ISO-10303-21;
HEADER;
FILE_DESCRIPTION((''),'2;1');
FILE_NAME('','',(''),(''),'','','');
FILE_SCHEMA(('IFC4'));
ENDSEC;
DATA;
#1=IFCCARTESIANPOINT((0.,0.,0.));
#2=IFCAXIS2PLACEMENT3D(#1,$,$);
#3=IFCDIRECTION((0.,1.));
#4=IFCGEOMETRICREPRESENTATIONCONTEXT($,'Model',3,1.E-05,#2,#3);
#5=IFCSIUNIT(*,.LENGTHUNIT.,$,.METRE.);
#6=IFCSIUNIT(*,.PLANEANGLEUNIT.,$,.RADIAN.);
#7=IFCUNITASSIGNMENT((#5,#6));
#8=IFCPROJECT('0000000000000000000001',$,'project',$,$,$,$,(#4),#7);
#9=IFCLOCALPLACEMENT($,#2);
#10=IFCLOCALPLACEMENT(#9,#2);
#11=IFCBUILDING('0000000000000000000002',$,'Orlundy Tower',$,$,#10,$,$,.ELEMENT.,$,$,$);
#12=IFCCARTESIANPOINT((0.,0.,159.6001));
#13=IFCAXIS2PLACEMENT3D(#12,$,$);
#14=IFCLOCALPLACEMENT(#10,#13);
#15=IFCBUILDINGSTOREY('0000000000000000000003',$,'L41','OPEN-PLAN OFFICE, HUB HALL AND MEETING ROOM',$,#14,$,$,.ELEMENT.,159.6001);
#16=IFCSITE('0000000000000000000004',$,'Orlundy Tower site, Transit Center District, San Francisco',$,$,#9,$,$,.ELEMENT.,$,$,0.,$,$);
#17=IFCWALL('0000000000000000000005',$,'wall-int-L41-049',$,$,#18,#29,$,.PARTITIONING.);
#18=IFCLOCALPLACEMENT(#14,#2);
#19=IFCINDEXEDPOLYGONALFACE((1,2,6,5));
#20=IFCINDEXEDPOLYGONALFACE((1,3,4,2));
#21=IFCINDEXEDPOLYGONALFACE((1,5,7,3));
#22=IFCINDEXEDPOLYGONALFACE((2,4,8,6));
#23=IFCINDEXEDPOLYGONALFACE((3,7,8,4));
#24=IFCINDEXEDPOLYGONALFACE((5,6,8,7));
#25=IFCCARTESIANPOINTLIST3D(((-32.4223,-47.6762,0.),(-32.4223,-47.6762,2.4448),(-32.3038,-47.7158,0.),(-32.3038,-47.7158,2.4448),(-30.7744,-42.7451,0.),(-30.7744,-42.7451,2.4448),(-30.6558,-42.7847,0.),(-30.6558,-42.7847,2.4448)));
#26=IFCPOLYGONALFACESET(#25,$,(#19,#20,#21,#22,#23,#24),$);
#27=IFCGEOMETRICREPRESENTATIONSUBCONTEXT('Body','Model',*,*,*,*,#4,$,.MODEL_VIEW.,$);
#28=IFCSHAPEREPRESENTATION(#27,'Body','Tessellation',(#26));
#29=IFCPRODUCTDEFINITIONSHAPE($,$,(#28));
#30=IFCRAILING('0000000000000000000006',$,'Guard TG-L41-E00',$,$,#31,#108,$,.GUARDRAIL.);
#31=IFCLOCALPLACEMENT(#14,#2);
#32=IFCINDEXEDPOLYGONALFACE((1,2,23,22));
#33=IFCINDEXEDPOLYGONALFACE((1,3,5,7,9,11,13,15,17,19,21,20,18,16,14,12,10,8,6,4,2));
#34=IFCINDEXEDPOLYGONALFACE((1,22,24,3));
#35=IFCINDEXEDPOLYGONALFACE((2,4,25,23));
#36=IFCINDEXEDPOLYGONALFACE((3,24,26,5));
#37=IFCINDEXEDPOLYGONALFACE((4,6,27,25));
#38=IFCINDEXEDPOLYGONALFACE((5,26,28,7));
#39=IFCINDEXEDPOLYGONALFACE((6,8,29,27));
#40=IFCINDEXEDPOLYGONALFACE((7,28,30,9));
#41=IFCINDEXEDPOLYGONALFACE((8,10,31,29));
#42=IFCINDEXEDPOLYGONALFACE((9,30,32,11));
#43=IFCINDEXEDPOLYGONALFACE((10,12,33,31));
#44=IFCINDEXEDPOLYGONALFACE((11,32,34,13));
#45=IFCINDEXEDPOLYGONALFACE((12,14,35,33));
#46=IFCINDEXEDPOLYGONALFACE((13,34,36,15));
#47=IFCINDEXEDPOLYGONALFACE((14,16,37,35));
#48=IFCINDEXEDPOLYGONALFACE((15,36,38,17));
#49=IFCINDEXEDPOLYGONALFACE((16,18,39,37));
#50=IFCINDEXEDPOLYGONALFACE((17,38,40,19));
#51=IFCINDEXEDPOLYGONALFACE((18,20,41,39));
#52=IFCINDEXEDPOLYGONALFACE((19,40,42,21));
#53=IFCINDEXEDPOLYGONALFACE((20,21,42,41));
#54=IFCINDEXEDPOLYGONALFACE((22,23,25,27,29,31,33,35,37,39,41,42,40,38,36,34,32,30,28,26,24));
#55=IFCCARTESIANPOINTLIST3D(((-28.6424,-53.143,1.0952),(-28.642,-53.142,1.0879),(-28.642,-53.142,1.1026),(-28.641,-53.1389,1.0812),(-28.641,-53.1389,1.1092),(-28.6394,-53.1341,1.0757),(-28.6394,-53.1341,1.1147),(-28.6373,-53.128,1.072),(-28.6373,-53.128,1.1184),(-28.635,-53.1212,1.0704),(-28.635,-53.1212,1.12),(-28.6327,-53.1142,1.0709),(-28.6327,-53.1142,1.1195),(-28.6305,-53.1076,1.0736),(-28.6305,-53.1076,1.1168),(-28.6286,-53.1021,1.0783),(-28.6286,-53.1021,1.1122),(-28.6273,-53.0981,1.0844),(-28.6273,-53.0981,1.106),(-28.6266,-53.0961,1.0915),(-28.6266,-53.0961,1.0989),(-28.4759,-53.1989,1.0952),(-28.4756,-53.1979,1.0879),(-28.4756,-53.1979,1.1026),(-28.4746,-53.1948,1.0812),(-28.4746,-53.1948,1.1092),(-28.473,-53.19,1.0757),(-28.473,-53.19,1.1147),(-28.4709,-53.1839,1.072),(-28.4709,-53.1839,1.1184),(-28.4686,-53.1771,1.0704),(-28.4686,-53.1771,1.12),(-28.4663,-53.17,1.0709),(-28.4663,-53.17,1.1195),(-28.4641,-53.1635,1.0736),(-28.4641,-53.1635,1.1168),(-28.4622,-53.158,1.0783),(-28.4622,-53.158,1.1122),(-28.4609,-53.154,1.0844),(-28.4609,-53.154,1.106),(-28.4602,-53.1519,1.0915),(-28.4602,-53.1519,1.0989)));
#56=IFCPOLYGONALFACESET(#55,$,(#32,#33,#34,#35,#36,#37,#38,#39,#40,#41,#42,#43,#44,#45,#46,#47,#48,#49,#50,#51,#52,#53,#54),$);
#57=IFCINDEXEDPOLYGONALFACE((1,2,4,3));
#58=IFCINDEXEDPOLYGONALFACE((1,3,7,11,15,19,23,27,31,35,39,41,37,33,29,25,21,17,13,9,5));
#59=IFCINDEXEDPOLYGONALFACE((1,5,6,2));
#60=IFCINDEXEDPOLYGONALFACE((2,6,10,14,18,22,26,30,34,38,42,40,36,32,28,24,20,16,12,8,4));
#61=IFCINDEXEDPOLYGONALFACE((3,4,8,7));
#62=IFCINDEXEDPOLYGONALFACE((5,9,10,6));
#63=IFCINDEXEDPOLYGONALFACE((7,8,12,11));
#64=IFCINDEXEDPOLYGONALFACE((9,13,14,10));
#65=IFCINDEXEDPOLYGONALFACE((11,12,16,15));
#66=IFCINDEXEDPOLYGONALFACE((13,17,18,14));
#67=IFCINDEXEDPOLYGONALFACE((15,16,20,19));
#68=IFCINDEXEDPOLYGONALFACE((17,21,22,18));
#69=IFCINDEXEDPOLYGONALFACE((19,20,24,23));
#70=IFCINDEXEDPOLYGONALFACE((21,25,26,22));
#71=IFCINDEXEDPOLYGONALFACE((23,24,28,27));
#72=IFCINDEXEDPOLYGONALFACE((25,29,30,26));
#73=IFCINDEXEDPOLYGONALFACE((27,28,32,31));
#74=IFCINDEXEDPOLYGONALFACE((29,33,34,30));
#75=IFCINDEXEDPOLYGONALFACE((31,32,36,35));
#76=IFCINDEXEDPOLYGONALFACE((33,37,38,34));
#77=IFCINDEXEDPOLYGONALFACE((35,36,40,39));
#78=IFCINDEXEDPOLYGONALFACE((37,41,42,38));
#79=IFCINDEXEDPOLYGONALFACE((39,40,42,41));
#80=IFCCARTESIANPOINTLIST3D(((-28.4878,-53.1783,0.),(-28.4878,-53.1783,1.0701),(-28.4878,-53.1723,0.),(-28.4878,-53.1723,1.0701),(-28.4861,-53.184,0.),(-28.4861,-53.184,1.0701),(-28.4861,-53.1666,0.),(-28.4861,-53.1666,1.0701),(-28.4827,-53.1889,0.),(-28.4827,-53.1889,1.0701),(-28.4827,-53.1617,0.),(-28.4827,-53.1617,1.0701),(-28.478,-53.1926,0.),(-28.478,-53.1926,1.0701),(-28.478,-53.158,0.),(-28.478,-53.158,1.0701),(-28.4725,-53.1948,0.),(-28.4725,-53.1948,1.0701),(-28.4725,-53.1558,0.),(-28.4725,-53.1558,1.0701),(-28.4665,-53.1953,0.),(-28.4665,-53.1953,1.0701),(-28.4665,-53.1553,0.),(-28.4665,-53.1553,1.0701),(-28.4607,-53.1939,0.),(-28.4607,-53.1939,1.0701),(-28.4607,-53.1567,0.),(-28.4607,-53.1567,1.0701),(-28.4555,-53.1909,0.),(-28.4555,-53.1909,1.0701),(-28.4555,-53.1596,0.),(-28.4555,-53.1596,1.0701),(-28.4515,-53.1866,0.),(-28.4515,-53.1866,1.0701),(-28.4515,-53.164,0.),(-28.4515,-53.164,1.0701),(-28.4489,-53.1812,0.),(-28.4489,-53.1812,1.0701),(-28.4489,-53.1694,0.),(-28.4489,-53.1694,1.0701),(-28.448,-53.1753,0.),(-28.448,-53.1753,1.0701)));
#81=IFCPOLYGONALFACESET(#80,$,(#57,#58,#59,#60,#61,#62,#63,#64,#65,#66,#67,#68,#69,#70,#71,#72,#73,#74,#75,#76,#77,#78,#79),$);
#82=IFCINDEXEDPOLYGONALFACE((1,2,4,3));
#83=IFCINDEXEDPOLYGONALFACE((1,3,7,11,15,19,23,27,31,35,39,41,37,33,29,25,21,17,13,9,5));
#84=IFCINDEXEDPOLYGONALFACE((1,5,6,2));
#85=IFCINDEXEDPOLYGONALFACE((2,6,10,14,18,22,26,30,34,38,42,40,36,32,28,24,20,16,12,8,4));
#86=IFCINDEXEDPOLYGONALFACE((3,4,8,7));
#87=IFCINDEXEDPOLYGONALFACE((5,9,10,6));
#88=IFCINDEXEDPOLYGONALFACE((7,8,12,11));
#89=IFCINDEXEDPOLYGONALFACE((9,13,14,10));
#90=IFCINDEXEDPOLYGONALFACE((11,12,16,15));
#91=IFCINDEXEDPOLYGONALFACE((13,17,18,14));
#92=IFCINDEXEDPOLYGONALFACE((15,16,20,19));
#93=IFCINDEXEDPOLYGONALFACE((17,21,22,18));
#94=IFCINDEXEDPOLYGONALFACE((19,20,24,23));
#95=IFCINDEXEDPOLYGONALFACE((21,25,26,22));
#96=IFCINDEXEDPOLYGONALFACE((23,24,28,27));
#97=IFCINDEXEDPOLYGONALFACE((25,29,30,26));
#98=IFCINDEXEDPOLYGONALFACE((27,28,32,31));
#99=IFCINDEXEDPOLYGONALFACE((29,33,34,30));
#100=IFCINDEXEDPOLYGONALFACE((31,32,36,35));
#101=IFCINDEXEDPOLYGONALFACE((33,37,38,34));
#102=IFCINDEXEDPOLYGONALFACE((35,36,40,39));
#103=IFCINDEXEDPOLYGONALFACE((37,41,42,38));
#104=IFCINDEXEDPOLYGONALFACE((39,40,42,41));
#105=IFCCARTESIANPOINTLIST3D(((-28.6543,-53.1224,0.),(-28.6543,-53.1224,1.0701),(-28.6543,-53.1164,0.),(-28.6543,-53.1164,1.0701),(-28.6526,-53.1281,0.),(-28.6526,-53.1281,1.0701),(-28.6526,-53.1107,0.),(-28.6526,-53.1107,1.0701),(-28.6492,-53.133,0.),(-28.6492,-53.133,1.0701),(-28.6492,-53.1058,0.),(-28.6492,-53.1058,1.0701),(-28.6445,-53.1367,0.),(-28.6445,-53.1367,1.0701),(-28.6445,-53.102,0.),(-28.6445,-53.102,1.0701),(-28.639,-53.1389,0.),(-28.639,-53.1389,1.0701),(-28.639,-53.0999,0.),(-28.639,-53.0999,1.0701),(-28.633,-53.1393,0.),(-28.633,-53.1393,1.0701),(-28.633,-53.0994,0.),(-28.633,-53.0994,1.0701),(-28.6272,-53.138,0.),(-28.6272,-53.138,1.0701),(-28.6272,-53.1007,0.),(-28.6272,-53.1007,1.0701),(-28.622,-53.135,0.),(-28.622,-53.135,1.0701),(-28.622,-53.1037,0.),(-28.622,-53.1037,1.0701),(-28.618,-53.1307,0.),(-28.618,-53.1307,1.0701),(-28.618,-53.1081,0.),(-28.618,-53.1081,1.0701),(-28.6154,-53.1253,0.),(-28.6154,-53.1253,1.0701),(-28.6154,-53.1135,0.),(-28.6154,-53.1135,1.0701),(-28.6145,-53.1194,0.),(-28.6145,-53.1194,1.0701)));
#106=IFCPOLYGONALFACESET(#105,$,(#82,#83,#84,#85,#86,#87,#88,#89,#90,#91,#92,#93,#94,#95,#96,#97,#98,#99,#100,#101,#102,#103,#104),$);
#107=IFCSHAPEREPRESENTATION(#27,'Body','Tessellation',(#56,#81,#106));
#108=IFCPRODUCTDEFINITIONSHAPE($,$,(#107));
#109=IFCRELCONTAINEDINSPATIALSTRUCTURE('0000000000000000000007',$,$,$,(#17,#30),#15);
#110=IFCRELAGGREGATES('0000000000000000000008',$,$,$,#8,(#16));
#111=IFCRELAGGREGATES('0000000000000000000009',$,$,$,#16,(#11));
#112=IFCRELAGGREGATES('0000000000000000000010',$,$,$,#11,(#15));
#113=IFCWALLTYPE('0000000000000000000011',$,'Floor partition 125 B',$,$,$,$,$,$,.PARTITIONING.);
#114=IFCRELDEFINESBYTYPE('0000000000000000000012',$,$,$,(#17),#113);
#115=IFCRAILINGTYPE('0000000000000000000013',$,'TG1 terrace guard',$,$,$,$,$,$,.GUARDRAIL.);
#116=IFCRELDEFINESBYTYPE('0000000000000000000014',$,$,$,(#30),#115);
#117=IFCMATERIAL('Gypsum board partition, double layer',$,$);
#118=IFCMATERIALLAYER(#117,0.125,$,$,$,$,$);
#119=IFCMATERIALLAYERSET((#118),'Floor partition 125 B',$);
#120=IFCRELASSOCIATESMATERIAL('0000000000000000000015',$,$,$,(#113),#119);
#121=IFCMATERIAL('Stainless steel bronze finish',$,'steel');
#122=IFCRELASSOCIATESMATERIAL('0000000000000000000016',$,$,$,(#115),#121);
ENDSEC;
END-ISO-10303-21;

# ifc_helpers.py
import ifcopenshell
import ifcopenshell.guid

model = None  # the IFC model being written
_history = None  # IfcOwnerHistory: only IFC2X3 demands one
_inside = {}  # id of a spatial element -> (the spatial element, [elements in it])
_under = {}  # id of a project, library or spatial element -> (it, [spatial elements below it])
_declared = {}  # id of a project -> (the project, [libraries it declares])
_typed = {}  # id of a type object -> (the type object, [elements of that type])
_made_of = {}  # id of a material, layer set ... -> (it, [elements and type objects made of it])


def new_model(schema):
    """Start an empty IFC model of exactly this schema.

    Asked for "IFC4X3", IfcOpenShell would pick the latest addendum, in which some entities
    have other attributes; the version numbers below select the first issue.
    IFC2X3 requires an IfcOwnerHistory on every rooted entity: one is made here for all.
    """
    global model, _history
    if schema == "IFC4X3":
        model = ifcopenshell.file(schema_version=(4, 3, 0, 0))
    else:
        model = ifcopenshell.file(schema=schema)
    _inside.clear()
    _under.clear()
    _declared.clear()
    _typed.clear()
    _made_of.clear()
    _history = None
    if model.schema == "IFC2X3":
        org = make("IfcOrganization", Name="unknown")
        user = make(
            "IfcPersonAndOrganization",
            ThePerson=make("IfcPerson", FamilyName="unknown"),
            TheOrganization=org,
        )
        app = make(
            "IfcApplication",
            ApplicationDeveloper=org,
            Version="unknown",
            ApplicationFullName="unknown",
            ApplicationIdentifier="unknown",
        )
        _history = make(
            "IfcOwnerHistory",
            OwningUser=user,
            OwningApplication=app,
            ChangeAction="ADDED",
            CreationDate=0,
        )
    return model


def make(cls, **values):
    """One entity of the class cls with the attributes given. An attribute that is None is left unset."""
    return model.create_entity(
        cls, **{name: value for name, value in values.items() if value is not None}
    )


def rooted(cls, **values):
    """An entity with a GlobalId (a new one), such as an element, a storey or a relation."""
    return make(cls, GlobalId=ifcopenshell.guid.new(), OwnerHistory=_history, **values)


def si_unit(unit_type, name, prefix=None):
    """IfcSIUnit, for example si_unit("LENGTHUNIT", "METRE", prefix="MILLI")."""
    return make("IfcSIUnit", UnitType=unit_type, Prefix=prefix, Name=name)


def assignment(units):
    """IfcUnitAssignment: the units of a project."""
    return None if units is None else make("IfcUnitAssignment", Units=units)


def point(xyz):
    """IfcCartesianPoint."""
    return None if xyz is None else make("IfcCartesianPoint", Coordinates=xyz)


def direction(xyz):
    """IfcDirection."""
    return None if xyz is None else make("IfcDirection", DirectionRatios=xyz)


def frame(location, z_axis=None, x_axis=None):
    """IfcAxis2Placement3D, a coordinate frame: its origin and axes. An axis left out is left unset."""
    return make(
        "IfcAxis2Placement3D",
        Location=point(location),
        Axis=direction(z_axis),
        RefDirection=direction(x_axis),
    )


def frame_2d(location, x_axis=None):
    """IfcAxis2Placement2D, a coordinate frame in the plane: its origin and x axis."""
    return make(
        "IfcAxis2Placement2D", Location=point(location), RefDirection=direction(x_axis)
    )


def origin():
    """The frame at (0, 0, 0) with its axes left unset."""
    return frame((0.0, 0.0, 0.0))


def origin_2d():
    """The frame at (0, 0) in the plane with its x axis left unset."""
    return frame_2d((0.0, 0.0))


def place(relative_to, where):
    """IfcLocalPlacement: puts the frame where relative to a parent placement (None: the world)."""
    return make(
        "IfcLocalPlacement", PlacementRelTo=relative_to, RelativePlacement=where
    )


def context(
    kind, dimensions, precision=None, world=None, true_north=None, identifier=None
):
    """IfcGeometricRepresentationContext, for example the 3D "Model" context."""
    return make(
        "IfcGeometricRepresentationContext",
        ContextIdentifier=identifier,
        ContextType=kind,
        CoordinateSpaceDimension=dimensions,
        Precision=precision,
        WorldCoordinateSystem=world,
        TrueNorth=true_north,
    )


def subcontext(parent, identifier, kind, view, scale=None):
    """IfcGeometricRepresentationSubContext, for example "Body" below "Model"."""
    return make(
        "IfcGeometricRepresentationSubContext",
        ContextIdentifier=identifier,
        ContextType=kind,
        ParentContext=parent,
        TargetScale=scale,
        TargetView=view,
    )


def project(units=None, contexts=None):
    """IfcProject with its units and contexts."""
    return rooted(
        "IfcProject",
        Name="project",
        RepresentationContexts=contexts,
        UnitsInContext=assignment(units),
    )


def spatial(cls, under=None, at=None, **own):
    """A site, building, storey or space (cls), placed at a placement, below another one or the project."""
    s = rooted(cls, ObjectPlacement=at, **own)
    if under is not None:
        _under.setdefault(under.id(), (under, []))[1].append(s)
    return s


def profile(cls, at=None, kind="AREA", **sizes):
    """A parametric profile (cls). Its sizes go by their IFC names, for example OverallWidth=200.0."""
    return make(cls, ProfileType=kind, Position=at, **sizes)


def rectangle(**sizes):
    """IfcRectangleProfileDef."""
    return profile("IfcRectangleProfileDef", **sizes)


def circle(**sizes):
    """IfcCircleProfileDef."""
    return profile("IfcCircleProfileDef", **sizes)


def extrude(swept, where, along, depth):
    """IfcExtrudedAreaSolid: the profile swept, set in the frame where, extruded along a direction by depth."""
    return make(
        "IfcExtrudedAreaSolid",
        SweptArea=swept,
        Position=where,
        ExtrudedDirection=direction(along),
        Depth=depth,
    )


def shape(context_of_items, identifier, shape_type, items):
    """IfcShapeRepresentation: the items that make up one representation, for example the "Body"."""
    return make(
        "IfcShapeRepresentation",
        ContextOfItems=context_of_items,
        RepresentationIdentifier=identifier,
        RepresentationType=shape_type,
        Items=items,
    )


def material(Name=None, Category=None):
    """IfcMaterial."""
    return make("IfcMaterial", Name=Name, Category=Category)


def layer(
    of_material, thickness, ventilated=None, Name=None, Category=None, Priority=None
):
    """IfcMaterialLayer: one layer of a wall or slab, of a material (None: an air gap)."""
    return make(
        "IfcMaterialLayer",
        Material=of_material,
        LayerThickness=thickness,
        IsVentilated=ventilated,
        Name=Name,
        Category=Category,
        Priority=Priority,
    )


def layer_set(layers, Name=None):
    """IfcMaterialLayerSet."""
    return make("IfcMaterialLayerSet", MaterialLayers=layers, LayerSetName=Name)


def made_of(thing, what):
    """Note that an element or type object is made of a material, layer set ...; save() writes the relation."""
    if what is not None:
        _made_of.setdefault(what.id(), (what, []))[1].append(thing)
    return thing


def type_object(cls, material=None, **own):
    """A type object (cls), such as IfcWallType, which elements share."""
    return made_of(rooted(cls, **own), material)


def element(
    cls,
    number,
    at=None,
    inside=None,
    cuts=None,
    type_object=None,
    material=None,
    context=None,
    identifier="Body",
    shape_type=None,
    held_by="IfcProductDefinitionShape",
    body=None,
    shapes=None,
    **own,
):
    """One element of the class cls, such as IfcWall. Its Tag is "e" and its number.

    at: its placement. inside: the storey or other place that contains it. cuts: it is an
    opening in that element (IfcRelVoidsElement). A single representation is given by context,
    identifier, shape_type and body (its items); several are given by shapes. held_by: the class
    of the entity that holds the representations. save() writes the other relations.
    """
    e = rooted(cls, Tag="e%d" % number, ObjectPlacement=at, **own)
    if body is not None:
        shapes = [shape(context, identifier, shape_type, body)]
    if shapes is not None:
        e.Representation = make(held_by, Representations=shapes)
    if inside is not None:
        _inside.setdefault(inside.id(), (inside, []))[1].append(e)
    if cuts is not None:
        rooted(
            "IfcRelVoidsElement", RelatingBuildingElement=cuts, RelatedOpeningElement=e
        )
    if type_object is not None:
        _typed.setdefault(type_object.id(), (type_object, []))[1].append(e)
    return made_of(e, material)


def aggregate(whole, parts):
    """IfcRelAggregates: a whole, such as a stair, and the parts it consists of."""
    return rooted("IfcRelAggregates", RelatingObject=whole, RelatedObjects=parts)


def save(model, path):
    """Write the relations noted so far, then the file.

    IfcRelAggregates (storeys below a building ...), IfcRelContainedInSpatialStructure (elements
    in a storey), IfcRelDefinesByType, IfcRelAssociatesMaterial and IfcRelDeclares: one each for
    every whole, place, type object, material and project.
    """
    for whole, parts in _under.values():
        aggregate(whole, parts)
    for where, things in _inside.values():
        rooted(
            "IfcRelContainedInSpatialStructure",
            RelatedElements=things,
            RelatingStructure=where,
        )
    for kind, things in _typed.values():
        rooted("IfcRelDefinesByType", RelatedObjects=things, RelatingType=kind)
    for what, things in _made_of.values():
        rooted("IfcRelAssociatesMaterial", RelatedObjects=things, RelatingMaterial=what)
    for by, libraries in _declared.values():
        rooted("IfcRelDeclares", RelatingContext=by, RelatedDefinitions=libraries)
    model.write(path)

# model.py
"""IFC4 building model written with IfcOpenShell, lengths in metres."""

from ifc_helpers import new_model, si_unit, direction, frame, frame_2d, origin, origin_2d, place, context, subcontext, project, spatial, rectangle, circle, extrude, material, layer, layer_set, type_object, element, save


model = new_model("IFC4")

# Units and contexts
model_context = context("Model", 3, precision=1e-05, world=origin(), true_north=direction((0.0, 1.0)))
body_context = subcontext(model_context, "Body", "Model", "MODEL_VIEW")
ifc_project = project(units=[si_unit("LENGTHUNIT", "METRE"), si_unit("PLANEANGLEUNIT", "RADIAN")], contexts=[model_context])

# Site, building, storey
site_placement = place(None, origin())
site = spatial("IfcSite", under=ifc_project, at=site_placement, Name="Orlundy Tower site, Transit Center District, San Francisco", CompositionType="ELEMENT", RefElevation=0.0)
building_placement = place(site_placement, origin())
building = spatial("IfcBuilding", under=site, at=building_placement, Name="Orlundy Tower", CompositionType="ELEMENT")
storey_placement = place(building_placement, frame((0.0, 0.0, 159.6001)))
storey = spatial("IfcBuildingStorey", under=building, at=storey_placement, Name="L41", Description="OPEN-PLAN OFFICE, HUB HALL AND MEETING ROOM", CompositionType="ELEMENT", Elevation=159.6001)

# Shared definitions
ifc_material_1 = material(Name="Gypsum board partition, double layer")
ifc_layer_1 = layer(ifc_material_1, 0.125)
ifc_layer_set_1 = layer_set([ifc_layer_1], Name="Floor partition 125 B")
wall_type_1 = type_object("IfcWallType", Name="Floor partition 125 B", PredefinedType="PARTITIONING", material=ifc_layer_set_1)

# Wall
wall_1_placement = place(storey_placement, frame((-30.7151, -42.7649, 0.0), z_axis=(0.0, 0.0, 1.0), x_axis=(-0.31696, -0.948439, 0.0)))
element("IfcWall", 1, at=wall_1_placement, inside=storey, type_object=wall_type_1, Name="wall-int-L41-049", PredefinedType="PARTITIONING", context=body_context, shape_type="SweptSolid", body=[
    extrude(rectangle(XDim=5.1992, YDim=0.125, at=frame_2d((2.5996, 0.0))), origin(), (0.0, 0.0, 1.0), 2.4448),
])

# Railing
ifc_material_2 = material(Name="Stainless steel bronze finish", Category="steel")
railing_type = type_object("IfcRailingType", Name="TG1 terrace guard", PredefinedType="GUARDRAIL", material=ifc_material_2)
railing_placement = place(storey_placement, frame((-28.468, -53.1753, 0.0)))
element("IfcRailing", 2, at=railing_placement, inside=storey, type_object=railing_type, Name="Guard TG-L41-E00", PredefinedType="GUARDRAIL", context=body_context, shape_type="SweptSolid", body=[
    extrude(circle(Radius=0.0249, at=origin_2d()), frame((0.0, 0.0, 1.0952), z_axis=(-0.947986, 0.318312, 0.0), x_axis=(-0.318312, -0.947986, 0.0)), (0.0, 0.0, 1.0), 0.1755),
    extrude(circle(Radius=0.02, at=origin_2d()), origin(), (0.0, 0.0, 1.0), 1.0701),
    extrude(circle(Radius=0.02, at=origin_2d()), frame((-0.1665, 0.0559, 0.0)), (0.0, 0.0, 1.0), 1.0701),
])

save(model, "model.ifc")
